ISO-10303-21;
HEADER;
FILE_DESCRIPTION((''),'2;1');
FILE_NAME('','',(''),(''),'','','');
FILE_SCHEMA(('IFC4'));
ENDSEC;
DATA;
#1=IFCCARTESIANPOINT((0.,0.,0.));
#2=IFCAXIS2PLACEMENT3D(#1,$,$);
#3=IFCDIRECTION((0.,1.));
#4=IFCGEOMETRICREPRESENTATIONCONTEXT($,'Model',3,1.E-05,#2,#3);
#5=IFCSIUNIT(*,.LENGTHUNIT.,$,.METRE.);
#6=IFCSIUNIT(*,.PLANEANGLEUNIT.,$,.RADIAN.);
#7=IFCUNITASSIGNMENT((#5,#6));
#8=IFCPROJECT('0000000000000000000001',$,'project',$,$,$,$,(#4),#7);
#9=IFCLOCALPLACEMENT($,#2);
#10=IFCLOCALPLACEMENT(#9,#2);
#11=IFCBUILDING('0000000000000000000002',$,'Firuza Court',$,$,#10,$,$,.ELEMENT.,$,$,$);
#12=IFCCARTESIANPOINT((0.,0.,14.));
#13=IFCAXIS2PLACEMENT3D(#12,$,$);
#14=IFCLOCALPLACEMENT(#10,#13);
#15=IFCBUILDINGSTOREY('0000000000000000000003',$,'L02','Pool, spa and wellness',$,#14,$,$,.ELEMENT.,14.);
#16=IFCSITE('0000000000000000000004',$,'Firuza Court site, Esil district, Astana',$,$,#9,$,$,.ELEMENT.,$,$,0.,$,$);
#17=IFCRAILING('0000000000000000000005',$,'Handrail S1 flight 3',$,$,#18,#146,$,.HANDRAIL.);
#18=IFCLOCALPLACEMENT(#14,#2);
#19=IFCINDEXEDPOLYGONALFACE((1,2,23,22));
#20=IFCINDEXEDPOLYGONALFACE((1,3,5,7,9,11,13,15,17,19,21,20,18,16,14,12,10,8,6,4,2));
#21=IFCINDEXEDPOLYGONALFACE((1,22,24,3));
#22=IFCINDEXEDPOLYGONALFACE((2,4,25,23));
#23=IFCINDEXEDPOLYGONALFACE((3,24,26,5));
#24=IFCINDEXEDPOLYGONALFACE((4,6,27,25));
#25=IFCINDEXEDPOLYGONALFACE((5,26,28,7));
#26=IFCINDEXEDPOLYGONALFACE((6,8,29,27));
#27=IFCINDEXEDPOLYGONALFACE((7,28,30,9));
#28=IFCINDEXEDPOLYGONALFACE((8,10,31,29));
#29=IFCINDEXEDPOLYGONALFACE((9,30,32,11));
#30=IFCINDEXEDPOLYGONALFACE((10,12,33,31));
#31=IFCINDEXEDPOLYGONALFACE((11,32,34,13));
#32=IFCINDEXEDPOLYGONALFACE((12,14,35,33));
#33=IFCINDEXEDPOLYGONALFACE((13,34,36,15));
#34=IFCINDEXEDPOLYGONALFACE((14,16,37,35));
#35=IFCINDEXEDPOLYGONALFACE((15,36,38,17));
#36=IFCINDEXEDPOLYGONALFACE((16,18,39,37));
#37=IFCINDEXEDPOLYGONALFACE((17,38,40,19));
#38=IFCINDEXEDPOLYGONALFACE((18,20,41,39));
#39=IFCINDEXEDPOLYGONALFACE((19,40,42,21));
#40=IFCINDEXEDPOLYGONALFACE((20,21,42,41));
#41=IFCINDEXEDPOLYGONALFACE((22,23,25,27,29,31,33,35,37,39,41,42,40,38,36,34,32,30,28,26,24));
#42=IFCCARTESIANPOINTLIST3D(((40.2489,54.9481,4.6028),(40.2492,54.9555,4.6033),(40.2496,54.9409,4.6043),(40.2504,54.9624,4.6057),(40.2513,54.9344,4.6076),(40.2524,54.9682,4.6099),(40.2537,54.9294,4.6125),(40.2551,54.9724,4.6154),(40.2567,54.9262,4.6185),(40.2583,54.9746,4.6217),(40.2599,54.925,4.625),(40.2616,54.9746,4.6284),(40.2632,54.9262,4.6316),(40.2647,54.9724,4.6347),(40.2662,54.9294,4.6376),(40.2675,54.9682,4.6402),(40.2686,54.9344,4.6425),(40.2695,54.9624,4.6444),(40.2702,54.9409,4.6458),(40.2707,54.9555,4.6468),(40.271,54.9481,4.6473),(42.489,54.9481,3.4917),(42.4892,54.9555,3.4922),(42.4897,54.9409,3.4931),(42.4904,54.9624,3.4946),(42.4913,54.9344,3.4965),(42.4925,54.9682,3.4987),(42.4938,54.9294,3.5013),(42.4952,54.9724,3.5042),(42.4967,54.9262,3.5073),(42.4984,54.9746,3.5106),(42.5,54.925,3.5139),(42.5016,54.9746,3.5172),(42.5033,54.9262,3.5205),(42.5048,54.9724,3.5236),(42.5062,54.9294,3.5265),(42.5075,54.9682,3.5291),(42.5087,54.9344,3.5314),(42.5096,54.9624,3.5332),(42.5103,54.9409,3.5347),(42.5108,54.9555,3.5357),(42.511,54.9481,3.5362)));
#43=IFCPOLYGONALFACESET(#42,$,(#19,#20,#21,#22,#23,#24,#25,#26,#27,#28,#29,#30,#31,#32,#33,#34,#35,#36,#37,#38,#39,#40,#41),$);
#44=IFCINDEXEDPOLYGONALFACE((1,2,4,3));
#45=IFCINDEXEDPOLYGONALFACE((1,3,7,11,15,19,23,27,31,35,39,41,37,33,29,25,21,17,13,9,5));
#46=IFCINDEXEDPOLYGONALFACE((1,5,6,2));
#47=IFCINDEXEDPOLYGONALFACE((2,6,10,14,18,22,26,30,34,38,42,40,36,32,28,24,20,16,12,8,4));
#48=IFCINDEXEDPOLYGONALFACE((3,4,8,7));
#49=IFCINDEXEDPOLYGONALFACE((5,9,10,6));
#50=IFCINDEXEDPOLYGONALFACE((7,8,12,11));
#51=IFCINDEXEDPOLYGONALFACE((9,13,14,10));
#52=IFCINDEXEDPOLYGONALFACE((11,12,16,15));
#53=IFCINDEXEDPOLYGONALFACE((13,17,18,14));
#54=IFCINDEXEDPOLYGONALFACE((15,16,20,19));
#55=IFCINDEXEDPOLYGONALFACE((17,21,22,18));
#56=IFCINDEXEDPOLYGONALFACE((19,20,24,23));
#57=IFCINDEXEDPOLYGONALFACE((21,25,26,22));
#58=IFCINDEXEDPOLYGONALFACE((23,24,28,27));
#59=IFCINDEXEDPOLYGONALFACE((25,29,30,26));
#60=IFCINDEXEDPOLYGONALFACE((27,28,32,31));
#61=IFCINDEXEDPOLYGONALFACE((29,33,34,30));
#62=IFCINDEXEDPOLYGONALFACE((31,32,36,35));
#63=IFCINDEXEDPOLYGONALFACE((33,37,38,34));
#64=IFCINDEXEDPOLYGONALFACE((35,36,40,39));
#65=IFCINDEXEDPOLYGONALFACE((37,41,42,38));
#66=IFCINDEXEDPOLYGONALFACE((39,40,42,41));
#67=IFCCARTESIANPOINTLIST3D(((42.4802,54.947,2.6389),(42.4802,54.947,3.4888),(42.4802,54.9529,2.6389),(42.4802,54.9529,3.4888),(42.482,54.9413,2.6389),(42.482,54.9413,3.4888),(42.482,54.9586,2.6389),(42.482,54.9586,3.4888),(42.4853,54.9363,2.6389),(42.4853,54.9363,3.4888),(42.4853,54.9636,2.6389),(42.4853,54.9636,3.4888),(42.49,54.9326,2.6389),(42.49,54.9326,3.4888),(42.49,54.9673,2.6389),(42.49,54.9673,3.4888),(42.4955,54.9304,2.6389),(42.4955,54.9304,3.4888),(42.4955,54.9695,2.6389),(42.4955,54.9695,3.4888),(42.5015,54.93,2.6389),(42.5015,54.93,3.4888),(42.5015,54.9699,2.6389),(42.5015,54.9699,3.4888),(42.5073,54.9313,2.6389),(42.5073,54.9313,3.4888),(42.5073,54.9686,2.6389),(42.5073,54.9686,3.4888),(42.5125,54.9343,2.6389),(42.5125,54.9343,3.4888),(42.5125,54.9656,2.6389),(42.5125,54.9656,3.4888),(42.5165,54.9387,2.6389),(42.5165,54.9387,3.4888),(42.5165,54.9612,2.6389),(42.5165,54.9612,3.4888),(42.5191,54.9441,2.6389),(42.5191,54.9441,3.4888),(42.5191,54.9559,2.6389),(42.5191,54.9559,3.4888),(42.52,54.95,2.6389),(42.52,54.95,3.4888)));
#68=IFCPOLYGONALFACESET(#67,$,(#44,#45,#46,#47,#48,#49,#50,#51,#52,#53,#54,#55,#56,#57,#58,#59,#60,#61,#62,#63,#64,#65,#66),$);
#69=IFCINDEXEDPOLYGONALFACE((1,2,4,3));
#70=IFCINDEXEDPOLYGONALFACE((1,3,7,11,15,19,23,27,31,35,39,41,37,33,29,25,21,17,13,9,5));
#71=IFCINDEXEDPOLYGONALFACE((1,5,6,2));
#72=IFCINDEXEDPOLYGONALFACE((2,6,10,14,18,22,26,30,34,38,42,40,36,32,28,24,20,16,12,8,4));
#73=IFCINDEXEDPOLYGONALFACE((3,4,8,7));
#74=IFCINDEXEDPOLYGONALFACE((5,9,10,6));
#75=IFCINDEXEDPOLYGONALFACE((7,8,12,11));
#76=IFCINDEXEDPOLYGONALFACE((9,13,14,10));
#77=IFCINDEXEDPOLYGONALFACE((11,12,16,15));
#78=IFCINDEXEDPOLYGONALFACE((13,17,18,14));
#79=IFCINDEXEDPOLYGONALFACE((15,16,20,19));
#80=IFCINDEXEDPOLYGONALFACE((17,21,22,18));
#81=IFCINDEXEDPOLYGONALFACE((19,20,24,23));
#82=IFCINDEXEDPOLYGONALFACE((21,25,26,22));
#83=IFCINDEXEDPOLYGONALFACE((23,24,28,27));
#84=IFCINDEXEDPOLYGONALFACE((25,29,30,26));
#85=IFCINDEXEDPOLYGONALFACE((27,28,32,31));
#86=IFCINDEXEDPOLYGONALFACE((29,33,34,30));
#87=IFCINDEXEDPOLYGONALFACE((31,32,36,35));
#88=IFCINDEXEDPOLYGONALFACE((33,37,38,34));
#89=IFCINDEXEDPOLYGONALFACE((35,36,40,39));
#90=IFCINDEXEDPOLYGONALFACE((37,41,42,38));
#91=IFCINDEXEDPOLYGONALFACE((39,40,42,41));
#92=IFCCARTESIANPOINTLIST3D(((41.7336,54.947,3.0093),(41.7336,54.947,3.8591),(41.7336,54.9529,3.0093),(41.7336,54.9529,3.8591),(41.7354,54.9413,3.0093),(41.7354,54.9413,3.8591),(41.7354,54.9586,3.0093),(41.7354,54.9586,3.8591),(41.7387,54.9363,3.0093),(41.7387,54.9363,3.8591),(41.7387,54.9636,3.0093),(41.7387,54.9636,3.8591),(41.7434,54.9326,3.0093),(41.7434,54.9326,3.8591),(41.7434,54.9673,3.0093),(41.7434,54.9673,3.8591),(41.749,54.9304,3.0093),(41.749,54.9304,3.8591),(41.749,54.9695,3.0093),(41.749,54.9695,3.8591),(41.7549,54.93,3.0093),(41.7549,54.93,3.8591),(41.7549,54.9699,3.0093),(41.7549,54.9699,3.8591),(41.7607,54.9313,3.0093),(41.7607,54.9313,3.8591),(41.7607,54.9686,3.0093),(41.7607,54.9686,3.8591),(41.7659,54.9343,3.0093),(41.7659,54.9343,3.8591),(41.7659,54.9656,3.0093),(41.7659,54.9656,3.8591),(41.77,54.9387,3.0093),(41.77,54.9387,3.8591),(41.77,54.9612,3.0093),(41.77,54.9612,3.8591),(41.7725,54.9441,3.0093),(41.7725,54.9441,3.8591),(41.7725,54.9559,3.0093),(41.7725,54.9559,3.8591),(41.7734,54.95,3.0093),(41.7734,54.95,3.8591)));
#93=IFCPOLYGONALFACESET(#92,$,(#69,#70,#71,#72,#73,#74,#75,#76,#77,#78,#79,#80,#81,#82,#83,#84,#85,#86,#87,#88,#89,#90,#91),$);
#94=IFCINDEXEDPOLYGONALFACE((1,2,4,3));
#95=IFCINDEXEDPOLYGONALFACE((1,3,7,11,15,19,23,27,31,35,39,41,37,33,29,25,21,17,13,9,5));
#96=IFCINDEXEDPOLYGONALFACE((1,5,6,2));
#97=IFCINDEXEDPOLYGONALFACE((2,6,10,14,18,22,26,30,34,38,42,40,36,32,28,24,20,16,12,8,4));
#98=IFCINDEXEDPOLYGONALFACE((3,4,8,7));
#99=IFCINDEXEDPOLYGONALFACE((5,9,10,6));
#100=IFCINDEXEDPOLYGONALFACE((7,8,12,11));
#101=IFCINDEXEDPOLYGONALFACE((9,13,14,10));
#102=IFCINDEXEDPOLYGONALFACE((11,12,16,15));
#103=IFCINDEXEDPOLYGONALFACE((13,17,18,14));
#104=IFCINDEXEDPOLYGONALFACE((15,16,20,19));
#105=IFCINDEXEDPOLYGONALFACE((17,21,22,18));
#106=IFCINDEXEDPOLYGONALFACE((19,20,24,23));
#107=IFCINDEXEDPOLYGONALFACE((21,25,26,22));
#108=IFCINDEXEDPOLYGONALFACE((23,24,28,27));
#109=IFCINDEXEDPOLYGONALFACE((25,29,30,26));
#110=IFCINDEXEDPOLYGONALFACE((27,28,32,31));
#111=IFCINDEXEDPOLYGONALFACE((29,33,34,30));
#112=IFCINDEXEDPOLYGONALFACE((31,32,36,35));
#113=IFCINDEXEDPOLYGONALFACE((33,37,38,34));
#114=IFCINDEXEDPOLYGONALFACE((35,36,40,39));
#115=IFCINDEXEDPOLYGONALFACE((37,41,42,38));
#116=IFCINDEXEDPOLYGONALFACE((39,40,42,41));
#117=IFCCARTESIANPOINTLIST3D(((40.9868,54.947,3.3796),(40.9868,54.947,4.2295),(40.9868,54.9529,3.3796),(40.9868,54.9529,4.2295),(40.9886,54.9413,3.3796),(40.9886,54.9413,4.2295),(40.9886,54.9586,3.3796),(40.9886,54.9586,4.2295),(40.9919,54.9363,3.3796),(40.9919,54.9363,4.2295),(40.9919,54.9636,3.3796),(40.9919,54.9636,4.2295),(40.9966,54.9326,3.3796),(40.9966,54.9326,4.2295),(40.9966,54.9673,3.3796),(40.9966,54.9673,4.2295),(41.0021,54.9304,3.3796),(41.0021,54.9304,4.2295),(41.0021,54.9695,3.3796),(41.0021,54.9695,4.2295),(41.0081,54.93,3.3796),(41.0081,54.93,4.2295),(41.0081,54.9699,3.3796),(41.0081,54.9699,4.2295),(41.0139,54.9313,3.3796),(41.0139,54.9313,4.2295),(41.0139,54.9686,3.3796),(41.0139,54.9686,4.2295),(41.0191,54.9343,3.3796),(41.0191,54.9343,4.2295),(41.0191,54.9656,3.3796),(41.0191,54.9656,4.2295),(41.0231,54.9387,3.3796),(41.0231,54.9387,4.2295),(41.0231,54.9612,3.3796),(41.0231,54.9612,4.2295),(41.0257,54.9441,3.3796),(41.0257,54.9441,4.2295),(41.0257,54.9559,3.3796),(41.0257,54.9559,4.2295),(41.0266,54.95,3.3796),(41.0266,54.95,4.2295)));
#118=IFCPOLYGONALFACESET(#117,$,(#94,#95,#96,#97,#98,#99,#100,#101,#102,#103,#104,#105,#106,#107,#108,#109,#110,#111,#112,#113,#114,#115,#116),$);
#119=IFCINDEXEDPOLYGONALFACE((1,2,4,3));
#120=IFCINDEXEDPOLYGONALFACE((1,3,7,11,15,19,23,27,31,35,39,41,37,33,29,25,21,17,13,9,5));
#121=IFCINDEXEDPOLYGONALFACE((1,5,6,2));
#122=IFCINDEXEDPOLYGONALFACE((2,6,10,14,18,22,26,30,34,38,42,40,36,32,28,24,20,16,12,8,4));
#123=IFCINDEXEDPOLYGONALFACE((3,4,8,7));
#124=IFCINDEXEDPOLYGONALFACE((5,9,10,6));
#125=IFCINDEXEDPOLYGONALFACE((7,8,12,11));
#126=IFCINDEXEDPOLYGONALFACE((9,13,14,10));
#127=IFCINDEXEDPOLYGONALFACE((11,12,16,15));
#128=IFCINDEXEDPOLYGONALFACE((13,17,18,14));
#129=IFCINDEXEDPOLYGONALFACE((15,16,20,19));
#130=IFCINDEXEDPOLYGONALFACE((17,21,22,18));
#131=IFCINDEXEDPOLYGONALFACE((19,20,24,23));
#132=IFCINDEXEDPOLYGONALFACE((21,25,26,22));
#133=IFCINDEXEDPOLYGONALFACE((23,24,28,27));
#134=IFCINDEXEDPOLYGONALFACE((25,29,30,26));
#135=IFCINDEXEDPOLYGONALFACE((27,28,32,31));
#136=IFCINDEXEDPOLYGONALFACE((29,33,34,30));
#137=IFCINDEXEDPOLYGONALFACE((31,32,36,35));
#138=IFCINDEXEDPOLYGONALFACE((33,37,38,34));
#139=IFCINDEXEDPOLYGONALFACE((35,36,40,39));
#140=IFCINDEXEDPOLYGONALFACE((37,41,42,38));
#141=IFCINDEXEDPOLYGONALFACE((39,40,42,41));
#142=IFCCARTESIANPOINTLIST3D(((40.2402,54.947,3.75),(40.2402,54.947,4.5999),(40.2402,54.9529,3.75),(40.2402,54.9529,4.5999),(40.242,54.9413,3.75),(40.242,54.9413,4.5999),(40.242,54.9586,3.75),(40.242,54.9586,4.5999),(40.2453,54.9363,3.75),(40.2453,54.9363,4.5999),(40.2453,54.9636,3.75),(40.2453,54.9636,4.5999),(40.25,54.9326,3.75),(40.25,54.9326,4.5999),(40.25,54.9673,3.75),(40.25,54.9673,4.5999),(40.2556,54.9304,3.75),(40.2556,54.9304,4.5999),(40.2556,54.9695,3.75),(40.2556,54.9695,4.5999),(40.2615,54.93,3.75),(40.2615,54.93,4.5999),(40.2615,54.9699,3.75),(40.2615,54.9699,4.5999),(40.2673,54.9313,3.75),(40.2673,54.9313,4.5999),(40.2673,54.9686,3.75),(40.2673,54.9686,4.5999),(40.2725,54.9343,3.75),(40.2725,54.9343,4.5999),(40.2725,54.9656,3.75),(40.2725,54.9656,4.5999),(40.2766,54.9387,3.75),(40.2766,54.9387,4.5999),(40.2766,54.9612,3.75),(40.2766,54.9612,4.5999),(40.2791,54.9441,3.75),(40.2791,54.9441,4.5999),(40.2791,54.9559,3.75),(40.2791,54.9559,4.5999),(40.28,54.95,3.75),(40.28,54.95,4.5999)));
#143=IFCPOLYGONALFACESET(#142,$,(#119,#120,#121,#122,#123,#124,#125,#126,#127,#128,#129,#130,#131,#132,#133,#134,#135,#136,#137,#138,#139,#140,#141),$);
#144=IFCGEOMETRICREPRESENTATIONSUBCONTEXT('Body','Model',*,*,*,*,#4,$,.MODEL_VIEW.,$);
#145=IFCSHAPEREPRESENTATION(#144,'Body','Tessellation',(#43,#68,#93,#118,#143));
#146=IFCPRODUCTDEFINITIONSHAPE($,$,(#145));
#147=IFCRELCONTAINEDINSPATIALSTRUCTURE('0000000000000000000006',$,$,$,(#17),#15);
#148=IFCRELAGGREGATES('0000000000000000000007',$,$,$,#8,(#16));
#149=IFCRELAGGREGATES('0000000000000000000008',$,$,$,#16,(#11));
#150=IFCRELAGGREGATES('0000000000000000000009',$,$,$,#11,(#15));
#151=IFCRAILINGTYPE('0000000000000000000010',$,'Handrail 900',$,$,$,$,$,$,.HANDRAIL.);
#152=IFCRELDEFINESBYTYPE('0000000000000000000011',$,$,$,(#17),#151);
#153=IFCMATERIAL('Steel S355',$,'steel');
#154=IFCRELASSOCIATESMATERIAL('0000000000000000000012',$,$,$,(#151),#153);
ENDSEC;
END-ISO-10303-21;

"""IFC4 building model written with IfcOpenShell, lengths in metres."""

from ifc_helpers import new_model, si_unit, direction, frame, origin, origin_2d, place, context, subcontext, project, spatial, circle, extrude, material, type_object, element, save


model = new_model("IFC4")

# Units and contexts
model_context = context("Model", 3, precision=1e-05, world=origin(), true_north=direction((0.0, 1.0)))
body_context = subcontext(model_context, "Body", "Model", "MODEL_VIEW")
ifc_project = project(units=[si_unit("LENGTHUNIT", "METRE"), si_unit("PLANEANGLEUNIT", "RADIAN")], contexts=[model_context])

# Site, building, storey
site_placement = place(None, origin())
site = spatial("IfcSite", under=ifc_project, at=site_placement, Name="Firuza Court site, Esil district, Astana", CompositionType="ELEMENT", RefElevation=0.0)
building_placement = place(site_placement, origin())
building = spatial("IfcBuilding", under=site, at=building_placement, Name="Firuza Court", CompositionType="ELEMENT")
storey_placement = place(building_placement, frame((0.0, 0.0, 14.0)))
storey = spatial("IfcBuildingStorey", under=building, at=storey_placement, Name="L02", Description="Pool, spa and wellness", CompositionType="ELEMENT", Elevation=14.0)

# Railing
ifc_material_1 = material(Name="Steel S355", Category="steel")
railing_type_1 = type_object("IfcRailingType", Name="Handrail 900", PredefinedType="HANDRAIL", material=ifc_material_1)
for number, where, name in (
    (1, (42.5, 54.95, 2.6389), "Handrail S1 flight 3"),
):
    element("IfcRailing", number, at=place(storey_placement, frame(where)), inside=storey, type_object=railing_type_1, Name=name, PredefinedType="HANDRAIL", context=body_context, shape_type="SweptSolid", body=[
        extrude(circle(Radius=0.0249, at=origin_2d()), frame((0.0, 0.0, 0.875), z_axis=(-0.895848, 0.0, 0.44436), x_axis=(0.0, -1.0, 0.0)), (0.0, 0.0, 1.0), 2.5005),
        extrude(circle(Radius=0.02, at=origin_2d()), origin(), (0.0, 0.0, 1.0), 0.8499),
        extrude(circle(Radius=0.02, at=origin_2d()), frame((-0.7466, 0.0, 0.3704)), (0.0, 0.0, 1.0), 0.8499),
        extrude(circle(Radius=0.02, at=origin_2d()), frame((-1.4934, 0.0, 0.7407)), (0.0, 0.0, 1.0), 0.8499),
        extrude(circle(Radius=0.02, at=origin_2d()), frame((-2.24, 0.0, 1.1111)), (0.0, 0.0, 1.0), 0.8499),
    ])

save(model, "model.ifc")
